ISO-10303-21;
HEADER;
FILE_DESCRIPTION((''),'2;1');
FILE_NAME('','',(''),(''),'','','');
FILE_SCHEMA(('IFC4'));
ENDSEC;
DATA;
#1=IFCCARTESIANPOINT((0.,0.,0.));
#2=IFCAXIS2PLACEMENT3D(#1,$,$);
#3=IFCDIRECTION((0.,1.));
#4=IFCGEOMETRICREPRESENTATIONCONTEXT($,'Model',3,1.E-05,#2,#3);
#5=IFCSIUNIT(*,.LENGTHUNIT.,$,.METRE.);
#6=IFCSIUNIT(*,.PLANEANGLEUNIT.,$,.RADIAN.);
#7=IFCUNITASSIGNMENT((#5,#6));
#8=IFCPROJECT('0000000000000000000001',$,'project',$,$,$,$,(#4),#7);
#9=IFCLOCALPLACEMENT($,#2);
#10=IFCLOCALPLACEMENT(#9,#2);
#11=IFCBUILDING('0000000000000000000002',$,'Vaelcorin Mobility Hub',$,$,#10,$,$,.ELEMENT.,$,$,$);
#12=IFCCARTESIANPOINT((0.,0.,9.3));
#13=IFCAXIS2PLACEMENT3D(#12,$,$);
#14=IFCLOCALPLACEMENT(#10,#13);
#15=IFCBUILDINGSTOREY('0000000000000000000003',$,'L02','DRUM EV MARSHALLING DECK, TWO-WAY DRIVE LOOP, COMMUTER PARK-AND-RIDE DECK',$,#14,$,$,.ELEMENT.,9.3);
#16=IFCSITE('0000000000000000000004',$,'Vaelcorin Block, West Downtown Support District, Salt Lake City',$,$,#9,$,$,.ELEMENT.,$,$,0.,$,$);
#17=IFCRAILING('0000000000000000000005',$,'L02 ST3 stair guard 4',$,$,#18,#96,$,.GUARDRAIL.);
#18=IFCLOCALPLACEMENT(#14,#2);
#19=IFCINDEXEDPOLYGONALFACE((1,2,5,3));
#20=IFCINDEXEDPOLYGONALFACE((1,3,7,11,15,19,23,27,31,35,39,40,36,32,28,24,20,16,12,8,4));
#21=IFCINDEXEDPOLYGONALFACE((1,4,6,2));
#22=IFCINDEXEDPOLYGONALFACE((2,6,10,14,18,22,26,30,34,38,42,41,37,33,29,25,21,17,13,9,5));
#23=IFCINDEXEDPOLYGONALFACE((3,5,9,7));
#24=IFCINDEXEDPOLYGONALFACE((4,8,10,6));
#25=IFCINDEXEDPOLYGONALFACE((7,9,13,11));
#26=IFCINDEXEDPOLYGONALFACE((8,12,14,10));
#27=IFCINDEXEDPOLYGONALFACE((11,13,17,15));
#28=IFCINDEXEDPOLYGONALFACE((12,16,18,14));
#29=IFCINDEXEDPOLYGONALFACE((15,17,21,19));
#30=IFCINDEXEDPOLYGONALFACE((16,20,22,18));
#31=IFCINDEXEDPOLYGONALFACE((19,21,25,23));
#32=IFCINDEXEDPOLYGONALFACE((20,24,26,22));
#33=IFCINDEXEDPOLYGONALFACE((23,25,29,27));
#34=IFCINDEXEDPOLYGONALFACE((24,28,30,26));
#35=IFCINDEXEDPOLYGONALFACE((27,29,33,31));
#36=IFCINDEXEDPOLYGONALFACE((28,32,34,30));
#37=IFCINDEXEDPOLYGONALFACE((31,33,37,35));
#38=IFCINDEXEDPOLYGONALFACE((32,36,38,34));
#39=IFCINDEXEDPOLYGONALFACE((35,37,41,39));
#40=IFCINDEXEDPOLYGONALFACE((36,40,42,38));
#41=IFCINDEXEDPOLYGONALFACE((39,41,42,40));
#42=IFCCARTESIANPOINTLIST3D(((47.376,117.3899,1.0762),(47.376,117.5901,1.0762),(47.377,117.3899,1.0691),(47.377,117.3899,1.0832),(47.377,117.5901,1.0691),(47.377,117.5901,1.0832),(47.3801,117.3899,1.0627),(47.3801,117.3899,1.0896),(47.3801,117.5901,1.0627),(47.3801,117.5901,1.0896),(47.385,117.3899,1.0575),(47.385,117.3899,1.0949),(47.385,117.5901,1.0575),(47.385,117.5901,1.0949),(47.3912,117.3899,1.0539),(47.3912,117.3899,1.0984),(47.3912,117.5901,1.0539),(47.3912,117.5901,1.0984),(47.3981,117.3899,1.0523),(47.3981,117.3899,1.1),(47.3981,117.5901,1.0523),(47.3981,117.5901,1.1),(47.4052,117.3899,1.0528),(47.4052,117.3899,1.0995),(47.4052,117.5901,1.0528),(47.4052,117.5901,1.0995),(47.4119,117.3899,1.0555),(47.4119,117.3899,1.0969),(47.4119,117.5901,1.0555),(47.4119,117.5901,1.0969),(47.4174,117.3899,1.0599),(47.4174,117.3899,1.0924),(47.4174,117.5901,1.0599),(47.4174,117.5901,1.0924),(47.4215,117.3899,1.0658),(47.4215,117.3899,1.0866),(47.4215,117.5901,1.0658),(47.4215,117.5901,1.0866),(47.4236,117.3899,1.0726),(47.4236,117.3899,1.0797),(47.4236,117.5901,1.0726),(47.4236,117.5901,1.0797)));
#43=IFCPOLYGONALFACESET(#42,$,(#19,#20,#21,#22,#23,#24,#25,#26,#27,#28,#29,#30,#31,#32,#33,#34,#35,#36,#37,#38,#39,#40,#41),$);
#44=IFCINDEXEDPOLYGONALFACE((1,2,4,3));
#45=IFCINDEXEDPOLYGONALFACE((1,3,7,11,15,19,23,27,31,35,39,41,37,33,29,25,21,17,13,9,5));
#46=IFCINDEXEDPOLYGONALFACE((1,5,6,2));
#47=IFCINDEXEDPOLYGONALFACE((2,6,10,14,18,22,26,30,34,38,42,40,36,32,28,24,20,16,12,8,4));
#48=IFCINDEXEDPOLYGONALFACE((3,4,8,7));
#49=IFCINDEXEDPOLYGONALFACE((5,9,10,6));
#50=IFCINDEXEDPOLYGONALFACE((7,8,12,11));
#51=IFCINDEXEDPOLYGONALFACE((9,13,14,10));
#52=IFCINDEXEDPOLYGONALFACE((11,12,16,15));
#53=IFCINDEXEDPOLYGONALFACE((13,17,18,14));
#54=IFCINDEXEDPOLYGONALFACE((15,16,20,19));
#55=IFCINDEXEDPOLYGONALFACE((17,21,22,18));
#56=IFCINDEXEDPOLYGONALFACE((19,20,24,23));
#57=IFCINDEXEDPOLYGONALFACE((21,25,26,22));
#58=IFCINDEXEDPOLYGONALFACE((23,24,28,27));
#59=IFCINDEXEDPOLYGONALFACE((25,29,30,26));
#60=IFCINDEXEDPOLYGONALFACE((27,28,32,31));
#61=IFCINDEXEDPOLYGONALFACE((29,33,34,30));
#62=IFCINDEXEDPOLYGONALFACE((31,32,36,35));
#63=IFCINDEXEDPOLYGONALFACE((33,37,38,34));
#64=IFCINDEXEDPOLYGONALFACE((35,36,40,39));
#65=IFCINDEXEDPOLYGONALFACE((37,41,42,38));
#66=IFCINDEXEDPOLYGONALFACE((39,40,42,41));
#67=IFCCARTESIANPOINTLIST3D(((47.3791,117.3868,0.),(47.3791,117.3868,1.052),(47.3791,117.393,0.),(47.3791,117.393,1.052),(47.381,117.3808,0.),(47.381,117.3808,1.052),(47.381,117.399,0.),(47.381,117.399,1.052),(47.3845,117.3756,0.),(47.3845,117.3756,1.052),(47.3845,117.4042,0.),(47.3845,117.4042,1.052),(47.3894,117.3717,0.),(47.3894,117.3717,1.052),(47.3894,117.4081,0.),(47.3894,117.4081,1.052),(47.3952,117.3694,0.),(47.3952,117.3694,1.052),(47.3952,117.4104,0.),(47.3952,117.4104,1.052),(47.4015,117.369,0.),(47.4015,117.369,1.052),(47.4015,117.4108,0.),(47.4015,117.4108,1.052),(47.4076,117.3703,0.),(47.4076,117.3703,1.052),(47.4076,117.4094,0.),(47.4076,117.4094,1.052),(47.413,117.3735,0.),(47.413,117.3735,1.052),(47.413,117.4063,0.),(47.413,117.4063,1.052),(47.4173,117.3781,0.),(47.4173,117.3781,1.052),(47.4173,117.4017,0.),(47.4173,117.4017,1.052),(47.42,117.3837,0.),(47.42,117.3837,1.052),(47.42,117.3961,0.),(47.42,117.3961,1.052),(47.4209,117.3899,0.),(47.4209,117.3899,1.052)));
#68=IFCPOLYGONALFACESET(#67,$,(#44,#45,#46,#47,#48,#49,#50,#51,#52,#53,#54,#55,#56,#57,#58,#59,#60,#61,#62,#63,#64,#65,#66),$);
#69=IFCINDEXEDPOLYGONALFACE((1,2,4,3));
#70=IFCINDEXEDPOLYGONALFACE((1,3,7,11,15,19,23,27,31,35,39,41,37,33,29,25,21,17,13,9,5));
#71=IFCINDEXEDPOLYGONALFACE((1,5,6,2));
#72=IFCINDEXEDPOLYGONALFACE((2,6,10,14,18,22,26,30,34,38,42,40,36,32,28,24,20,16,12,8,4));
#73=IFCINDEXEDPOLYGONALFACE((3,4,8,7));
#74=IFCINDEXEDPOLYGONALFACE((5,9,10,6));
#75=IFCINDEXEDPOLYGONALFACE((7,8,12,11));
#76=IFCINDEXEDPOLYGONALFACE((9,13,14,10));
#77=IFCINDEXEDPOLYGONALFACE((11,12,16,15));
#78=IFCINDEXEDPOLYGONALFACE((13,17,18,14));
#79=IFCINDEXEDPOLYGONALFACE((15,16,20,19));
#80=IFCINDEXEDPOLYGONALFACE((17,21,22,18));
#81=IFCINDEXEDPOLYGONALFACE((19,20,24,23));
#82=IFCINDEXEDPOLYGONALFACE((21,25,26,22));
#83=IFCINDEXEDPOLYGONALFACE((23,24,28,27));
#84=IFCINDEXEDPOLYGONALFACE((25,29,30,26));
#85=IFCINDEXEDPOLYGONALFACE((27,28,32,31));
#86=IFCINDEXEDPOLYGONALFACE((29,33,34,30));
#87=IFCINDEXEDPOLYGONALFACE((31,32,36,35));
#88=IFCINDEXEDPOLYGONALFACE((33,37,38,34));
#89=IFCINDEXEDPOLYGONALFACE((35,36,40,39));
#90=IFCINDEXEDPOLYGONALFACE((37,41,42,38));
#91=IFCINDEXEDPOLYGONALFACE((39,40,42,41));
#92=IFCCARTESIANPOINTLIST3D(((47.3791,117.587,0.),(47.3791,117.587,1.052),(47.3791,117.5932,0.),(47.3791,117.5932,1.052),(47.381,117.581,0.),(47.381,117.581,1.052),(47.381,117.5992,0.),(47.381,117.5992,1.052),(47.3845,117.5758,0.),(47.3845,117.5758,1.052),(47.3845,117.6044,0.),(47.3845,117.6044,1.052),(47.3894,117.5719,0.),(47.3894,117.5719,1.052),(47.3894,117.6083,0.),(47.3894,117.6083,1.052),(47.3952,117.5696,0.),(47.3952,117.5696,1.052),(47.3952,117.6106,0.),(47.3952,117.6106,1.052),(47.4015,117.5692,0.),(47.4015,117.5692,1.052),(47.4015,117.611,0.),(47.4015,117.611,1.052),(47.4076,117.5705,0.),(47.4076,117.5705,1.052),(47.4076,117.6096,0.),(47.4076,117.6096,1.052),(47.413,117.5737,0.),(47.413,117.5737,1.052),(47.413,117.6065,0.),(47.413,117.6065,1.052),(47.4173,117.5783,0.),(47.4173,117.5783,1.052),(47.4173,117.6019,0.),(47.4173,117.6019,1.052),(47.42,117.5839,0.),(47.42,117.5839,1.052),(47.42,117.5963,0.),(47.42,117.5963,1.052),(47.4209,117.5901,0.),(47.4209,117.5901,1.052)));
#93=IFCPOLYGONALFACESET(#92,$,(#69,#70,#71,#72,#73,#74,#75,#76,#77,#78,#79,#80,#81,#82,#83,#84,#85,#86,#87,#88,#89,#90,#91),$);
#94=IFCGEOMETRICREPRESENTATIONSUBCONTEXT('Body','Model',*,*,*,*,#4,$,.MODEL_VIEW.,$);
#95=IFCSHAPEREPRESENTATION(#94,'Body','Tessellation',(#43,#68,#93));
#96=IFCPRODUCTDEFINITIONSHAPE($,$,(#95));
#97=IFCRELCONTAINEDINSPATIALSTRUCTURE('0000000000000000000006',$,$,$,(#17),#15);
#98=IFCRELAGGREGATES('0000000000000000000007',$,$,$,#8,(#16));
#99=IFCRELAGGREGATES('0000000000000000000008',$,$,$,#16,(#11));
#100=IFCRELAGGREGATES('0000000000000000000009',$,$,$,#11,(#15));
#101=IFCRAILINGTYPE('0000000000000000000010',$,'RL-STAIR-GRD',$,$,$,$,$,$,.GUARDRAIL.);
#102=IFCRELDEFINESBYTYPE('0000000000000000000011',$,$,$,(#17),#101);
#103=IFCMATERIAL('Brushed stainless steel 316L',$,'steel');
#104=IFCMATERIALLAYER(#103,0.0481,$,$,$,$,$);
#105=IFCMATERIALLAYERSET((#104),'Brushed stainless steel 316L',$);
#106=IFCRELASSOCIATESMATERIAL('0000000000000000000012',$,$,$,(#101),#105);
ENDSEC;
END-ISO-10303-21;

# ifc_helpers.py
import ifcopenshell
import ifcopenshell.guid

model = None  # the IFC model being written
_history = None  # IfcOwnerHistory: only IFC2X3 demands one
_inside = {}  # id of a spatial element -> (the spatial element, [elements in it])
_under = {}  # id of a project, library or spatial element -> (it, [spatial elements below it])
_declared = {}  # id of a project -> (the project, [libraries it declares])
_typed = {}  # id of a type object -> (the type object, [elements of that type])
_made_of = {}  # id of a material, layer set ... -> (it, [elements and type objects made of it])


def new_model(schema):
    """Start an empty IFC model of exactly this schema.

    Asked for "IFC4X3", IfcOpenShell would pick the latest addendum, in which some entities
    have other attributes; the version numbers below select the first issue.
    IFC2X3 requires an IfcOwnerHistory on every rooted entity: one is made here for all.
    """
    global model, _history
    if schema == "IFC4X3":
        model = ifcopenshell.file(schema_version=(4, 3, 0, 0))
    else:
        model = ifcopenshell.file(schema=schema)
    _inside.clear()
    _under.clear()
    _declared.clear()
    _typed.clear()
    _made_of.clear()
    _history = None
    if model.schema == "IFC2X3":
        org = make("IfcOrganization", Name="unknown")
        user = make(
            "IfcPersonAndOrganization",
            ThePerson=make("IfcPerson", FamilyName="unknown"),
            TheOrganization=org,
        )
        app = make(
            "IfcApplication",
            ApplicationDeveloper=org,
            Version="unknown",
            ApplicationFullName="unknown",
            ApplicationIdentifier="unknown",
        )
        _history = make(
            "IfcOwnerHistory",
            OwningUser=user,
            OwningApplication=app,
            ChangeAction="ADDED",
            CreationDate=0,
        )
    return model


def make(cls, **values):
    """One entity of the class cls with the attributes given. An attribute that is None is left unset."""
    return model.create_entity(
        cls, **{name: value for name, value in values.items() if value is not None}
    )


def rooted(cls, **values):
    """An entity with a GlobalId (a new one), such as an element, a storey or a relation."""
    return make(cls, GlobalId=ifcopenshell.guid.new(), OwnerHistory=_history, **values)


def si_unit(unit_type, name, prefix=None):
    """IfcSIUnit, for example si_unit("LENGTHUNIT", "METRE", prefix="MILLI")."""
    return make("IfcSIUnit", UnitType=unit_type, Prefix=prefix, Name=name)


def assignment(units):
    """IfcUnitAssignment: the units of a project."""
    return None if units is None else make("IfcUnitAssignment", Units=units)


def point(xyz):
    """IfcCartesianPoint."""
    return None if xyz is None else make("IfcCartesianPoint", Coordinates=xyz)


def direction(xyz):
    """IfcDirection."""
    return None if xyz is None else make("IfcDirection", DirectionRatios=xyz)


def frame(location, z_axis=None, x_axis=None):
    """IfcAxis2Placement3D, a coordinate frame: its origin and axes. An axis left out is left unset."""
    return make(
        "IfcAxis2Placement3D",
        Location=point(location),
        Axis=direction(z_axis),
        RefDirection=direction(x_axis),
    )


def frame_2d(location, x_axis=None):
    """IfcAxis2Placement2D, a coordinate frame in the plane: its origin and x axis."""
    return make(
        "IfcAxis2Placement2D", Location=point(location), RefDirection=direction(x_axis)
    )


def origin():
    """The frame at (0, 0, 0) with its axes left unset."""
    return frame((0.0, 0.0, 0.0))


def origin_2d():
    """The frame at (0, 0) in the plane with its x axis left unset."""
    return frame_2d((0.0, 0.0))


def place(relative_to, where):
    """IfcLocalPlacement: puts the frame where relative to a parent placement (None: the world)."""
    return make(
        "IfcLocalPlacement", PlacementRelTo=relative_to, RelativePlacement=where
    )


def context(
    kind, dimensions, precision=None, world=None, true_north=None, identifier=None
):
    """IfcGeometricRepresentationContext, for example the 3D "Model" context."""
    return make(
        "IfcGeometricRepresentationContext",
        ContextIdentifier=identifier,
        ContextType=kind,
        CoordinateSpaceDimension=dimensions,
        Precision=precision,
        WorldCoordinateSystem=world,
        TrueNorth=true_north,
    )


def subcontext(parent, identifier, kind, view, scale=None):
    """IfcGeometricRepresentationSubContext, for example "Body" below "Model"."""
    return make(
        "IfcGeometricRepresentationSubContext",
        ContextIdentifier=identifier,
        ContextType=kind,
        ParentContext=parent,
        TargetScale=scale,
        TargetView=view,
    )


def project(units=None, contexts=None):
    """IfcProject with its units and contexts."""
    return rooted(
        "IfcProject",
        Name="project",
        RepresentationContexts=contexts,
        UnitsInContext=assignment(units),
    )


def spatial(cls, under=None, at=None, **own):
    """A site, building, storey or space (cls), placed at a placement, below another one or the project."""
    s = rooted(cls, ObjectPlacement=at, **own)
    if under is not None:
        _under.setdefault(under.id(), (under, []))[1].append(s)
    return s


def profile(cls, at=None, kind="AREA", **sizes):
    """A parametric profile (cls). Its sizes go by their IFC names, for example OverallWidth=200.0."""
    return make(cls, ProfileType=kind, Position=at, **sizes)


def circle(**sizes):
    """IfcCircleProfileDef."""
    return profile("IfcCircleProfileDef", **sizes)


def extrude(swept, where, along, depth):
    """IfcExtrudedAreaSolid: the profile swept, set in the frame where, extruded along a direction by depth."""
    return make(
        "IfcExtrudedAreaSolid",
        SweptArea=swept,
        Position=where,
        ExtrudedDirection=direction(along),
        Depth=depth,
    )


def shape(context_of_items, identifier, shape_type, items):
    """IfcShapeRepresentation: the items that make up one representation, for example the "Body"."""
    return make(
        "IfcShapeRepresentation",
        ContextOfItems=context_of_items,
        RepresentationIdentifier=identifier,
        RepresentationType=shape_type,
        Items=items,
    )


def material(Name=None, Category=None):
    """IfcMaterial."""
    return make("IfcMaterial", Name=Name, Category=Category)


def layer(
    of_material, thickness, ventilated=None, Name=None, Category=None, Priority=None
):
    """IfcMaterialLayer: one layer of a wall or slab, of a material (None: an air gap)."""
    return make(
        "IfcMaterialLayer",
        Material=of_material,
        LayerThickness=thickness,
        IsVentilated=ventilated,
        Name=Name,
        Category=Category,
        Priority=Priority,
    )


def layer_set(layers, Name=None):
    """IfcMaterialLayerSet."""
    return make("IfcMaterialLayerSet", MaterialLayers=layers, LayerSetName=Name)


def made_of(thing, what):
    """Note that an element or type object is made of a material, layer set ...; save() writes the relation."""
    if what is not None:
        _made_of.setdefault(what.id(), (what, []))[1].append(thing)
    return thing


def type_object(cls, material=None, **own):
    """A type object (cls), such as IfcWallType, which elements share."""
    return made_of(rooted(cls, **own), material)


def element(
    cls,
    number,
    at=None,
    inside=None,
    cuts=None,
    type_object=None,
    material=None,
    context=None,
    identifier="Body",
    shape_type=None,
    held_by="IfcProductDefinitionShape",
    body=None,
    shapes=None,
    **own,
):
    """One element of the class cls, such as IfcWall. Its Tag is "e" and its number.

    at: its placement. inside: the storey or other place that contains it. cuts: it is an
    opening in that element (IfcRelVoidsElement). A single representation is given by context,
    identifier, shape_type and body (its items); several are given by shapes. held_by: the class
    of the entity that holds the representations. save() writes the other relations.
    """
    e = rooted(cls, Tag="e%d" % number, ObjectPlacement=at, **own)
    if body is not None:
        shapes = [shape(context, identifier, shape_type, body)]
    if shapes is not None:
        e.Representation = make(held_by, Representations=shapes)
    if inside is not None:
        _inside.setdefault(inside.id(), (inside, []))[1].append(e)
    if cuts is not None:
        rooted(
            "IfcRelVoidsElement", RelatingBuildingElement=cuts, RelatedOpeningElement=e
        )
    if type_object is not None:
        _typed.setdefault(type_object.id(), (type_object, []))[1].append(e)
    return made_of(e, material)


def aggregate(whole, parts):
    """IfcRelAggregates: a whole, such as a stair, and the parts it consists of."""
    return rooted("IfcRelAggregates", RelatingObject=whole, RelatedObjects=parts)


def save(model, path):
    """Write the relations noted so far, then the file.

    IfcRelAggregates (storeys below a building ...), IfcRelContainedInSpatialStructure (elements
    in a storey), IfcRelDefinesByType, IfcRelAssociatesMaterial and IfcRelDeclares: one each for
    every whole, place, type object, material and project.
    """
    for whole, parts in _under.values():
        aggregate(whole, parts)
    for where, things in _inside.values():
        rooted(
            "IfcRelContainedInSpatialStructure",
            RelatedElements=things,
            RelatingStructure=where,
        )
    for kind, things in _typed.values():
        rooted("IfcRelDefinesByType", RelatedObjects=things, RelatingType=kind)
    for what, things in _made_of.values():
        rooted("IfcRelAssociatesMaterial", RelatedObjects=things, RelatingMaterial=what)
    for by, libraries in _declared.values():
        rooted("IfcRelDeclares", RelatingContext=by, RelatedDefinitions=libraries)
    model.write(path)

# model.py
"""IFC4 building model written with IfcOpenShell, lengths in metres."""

from ifc_helpers import new_model, si_unit, direction, frame, origin, origin_2d, place, context, subcontext, project, spatial, circle, extrude, material, layer, layer_set, type_object, element, save


model = new_model("IFC4")

# Units and contexts
model_context = context("Model", 3, precision=1e-05, world=origin(), true_north=direction((0.0, 1.0)))
body_context = subcontext(model_context, "Body", "Model", "MODEL_VIEW")
ifc_project = project(units=[si_unit("LENGTHUNIT", "METRE"), si_unit("PLANEANGLEUNIT", "RADIAN")], contexts=[model_context])

# Site, building, storey
site_placement = place(None, origin())
site = spatial("IfcSite", under=ifc_project, at=site_placement, Name="Vaelcorin Block, West Downtown Support District, Salt Lake City", CompositionType="ELEMENT", RefElevation=0.0)
building_placement = place(site_placement, origin())
building = spatial("IfcBuilding", under=site, at=building_placement, Name="Vaelcorin Mobility Hub", CompositionType="ELEMENT")
storey_placement = place(building_placement, frame((0.0, 0.0, 9.3)))
storey = spatial("IfcBuildingStorey", under=building, at=storey_placement, Name="L02", Description="DRUM EV MARSHALLING DECK, TWO-WAY DRIVE LOOP, COMMUTER PARK-AND-RIDE DECK", CompositionType="ELEMENT", Elevation=9.3)

# Railing
ifc_material_1 = material(Name="Brushed stainless steel 316L", Category="steel")
ifc_layer_1 = layer(ifc_material_1, 0.0481)
ifc_layer_set_1 = layer_set([ifc_layer_1], Name="Brushed stainless steel 316L")
railing_type_1 = type_object("IfcRailingType", Name="RL-STAIR-GRD", PredefinedType="GUARDRAIL", material=ifc_layer_set_1)
railing_1_placement = place(storey_placement, frame((47.3999, 117.3899, 0.0)))
element("IfcRailing", 1, at=railing_1_placement, inside=storey, type_object=railing_type_1, Name="L02 ST3 stair guard 4", PredefinedType="GUARDRAIL", context=body_context, shape_type="SweptSolid", body=[
    extrude(circle(Radius=0.0239, at=origin_2d()), frame((0.0, 0.0, 1.0762), z_axis=(0.0, 1.0, 0.0), x_axis=(-1.0, 0.0, 0.0)), (0.0, 0.0, 1.0), 0.2002),
    extrude(circle(Radius=0.021, at=origin_2d()), origin(), (0.0, 0.0, 1.0), 1.052),
    extrude(circle(Radius=0.021, at=origin_2d()), frame((0.0, 0.2002, 0.0)), (0.0, 0.0, 1.0), 1.052),
])

save(model, "model.ifc")
